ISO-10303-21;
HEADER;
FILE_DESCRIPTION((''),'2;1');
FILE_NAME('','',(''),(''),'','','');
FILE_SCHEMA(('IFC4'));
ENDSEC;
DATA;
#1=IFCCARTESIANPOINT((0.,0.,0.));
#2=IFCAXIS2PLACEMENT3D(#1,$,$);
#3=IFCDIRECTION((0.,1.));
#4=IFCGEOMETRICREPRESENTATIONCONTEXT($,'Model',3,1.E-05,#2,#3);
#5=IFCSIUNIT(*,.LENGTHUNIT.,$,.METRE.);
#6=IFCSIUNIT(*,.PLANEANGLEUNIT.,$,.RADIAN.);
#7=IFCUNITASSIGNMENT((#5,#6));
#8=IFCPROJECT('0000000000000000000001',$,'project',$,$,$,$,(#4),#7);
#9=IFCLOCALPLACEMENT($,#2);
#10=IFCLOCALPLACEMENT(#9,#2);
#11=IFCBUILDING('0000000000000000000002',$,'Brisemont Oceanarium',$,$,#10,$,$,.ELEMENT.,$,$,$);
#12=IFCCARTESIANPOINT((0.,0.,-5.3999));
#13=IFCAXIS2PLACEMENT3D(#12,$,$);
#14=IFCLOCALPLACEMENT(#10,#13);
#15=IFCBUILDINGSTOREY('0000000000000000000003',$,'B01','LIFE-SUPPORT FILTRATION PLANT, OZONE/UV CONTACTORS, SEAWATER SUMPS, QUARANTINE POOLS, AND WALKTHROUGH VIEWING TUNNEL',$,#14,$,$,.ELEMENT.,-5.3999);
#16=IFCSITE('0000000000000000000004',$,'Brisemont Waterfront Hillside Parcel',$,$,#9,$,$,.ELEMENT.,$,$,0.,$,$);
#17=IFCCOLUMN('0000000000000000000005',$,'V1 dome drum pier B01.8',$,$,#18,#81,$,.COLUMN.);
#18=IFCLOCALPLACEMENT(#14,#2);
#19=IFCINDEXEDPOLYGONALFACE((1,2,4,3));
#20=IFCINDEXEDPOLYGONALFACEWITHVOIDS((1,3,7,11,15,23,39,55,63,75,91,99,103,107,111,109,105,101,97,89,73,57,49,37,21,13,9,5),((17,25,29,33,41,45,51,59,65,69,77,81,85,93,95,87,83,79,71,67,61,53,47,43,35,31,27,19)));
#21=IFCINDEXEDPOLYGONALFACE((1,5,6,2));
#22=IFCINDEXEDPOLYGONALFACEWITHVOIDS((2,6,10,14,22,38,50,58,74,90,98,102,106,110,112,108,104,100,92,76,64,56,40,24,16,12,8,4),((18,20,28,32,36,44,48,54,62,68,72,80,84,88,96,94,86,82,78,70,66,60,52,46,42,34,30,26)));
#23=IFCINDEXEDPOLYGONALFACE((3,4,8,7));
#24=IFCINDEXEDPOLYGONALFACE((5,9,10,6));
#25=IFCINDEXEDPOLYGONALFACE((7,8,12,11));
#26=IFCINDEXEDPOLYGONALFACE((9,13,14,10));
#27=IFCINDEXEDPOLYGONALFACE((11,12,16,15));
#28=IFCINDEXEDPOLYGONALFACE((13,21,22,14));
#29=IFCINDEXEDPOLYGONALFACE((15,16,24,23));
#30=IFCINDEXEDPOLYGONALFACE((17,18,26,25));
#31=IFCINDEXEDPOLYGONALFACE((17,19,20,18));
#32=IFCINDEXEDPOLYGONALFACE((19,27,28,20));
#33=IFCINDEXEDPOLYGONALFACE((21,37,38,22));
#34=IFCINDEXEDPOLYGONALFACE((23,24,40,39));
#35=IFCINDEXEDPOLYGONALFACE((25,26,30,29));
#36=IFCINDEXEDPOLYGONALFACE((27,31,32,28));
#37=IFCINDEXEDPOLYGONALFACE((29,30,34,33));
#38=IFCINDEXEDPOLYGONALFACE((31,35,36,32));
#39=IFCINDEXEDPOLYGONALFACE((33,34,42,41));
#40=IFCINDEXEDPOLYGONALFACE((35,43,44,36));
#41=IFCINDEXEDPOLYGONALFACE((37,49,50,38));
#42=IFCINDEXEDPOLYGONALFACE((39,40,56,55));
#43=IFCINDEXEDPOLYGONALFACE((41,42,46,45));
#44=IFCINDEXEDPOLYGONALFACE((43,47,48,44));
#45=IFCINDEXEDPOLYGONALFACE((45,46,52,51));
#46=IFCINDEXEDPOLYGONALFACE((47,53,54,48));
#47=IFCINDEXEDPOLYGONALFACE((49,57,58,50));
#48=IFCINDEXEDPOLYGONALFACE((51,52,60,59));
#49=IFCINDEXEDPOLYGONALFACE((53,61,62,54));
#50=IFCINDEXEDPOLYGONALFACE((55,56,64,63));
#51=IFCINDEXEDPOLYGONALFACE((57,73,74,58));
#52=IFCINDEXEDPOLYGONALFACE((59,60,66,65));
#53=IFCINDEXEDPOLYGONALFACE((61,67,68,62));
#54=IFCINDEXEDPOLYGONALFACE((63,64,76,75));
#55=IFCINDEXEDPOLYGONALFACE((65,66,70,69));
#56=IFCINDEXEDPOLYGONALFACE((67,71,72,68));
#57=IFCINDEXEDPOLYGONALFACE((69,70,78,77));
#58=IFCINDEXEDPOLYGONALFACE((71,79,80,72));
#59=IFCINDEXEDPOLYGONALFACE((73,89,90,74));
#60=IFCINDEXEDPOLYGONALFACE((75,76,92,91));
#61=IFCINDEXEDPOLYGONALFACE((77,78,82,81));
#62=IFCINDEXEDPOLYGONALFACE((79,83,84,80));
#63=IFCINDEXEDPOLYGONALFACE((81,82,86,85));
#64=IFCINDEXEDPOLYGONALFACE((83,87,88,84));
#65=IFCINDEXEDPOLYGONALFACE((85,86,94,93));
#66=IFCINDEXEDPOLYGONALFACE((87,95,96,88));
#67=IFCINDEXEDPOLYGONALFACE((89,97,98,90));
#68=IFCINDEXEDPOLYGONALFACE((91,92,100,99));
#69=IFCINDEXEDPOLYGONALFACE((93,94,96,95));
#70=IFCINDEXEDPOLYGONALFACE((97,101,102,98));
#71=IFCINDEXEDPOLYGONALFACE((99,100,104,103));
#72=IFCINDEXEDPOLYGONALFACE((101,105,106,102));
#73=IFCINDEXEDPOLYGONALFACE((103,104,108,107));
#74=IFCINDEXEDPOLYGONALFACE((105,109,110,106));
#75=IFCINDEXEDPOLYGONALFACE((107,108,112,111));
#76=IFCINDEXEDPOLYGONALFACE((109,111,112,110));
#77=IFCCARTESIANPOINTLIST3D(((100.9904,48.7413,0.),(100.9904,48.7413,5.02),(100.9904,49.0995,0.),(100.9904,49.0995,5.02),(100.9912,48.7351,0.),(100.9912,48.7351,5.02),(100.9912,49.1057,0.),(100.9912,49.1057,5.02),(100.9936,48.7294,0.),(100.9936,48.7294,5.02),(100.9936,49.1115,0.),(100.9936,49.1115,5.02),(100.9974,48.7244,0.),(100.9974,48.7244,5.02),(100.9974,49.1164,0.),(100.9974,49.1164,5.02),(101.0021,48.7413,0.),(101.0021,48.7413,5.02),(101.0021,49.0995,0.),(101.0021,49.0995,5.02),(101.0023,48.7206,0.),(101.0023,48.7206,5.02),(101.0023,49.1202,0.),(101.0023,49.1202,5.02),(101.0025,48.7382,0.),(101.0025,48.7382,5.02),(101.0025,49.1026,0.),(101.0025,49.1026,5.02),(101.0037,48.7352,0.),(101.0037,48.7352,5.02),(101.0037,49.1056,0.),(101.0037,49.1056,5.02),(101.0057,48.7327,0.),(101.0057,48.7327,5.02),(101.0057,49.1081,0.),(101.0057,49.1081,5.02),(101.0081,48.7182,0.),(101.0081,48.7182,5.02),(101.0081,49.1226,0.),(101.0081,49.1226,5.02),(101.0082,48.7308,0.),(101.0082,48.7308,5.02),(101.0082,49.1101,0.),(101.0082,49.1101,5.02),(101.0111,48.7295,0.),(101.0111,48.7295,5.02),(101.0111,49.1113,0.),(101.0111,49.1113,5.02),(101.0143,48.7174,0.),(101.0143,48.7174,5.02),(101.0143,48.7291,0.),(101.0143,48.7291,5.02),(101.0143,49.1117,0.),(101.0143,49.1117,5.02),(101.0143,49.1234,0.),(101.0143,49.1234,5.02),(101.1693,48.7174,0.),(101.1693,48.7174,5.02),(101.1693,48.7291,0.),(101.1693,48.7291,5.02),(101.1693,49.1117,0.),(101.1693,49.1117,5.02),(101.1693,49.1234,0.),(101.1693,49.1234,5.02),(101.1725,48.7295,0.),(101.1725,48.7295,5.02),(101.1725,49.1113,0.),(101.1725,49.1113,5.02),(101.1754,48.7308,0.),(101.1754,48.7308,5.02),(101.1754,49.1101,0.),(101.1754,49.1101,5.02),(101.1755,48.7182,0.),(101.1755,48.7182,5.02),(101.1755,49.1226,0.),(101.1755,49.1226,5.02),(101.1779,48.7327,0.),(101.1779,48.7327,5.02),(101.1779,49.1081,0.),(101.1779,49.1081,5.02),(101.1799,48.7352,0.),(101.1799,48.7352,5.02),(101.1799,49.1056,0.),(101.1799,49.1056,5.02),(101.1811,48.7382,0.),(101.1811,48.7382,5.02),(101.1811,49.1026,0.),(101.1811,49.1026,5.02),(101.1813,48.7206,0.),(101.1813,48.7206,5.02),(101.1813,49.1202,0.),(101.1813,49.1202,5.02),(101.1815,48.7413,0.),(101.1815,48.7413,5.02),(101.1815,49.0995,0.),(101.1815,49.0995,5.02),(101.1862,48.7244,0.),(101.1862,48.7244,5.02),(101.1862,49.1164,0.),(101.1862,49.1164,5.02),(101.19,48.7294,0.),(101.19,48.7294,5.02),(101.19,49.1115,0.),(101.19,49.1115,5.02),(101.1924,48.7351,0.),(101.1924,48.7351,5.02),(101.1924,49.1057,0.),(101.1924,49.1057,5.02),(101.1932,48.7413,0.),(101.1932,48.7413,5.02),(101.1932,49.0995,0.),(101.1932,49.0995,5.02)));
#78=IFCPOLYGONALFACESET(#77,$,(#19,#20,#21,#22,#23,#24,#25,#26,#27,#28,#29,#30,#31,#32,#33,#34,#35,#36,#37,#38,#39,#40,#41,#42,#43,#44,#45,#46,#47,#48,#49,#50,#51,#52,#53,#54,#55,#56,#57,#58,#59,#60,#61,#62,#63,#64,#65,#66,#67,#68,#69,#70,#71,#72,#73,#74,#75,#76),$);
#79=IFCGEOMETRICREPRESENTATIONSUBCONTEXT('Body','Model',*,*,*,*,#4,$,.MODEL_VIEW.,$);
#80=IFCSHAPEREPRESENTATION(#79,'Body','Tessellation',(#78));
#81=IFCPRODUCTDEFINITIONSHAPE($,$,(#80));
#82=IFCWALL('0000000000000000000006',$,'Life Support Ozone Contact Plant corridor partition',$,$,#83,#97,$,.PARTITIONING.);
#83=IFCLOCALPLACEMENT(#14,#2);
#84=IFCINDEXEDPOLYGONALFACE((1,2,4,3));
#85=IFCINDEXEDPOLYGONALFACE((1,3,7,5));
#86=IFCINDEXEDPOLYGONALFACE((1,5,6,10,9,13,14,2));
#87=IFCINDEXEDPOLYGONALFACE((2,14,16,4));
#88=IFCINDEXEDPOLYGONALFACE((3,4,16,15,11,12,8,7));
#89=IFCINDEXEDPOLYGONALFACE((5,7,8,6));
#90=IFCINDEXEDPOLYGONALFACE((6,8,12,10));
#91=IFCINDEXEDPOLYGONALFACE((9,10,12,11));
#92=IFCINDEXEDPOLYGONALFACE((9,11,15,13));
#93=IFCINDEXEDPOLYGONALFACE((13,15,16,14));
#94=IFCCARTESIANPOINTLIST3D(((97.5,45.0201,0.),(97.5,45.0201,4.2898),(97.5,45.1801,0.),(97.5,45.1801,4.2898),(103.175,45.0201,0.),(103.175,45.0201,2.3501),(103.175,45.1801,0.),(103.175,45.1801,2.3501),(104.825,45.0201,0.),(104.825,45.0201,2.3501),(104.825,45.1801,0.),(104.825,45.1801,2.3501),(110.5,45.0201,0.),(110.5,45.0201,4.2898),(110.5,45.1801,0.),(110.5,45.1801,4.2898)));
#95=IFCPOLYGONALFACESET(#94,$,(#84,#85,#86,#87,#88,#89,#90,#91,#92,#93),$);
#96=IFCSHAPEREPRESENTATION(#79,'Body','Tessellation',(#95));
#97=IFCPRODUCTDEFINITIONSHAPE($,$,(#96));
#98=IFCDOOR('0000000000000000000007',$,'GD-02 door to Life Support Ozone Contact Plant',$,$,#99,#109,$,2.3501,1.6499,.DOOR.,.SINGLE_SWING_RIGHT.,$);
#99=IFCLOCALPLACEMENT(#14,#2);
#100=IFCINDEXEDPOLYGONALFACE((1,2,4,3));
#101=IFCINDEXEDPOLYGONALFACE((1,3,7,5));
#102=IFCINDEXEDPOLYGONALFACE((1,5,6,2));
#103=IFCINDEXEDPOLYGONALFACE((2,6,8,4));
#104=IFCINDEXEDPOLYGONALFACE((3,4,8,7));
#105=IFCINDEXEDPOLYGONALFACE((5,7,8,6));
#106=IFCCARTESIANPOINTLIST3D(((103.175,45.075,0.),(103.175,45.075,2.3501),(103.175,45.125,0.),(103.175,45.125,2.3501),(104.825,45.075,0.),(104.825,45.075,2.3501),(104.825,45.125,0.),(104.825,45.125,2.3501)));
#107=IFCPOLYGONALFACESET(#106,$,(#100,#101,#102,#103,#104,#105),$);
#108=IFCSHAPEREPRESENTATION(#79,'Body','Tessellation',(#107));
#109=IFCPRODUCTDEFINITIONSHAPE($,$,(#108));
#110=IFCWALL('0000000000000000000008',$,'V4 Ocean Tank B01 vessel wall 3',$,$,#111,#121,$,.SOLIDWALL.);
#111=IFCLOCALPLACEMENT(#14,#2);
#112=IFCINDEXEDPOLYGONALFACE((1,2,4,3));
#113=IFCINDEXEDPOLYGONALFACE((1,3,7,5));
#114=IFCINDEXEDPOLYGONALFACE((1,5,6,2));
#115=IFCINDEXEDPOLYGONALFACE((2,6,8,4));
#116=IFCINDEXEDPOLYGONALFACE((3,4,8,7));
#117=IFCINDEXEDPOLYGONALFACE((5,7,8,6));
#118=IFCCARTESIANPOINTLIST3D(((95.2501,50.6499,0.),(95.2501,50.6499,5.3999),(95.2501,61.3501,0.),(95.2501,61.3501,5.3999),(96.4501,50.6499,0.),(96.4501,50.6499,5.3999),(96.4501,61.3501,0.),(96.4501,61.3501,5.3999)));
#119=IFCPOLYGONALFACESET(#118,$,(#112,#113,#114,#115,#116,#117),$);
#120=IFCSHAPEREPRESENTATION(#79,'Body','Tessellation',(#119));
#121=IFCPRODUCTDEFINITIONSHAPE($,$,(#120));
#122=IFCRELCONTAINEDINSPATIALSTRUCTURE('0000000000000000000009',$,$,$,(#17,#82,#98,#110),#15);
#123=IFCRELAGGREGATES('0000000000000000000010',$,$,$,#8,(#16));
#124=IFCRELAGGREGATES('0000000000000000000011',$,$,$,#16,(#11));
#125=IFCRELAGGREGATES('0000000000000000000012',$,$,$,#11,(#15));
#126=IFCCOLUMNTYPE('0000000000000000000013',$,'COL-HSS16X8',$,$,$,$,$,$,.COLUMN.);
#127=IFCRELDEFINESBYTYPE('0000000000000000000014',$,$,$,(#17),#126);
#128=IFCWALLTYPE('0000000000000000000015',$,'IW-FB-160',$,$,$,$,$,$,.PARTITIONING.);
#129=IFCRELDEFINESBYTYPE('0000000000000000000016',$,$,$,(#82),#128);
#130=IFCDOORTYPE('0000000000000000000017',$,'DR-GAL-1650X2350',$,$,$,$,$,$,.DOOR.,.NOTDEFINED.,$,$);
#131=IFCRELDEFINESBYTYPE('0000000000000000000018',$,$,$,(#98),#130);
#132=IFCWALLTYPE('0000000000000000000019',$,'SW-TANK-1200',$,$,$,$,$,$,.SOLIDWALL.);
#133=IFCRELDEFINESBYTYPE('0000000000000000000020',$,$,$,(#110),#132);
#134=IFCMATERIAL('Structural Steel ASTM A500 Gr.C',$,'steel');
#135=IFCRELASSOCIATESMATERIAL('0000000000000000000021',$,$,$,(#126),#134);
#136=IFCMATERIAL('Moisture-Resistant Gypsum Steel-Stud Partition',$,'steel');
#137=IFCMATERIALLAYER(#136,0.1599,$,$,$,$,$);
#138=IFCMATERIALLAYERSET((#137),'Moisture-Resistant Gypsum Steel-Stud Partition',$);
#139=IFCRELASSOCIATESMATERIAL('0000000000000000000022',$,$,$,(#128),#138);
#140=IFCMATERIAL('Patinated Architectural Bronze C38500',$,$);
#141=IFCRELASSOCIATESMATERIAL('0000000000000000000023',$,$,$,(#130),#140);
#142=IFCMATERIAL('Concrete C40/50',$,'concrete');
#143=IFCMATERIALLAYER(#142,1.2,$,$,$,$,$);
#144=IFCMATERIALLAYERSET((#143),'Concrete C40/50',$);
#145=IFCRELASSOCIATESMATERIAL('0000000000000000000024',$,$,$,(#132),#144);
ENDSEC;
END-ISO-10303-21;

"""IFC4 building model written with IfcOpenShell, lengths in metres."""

from ifc_helpers import new_model, si_unit, direction, frame, frame_2d, origin, origin_2d, place, context, subcontext, project, spatial, rectangle, hollow_rectangle, extrude, material, layer, layer_set, material_profile, profile_set, type_object, element, fill, save


model = new_model("IFC4")

# Units and contexts
model_context = context("Model", 3, precision=1e-05, world=origin(), true_north=direction((0.0, 1.0)))
body_context = subcontext(model_context, "Body", "Model", "MODEL_VIEW")
ifc_project = project(units=[si_unit("LENGTHUNIT", "METRE"), si_unit("PLANEANGLEUNIT", "RADIAN")], contexts=[model_context])

# Site, building, storey
site_placement = place(None, origin())
site = spatial("IfcSite", under=ifc_project, at=site_placement, Name="Brisemont Waterfront Hillside Parcel", CompositionType="ELEMENT", RefElevation=0.0)
building_placement = place(site_placement, origin())
building = spatial("IfcBuilding", under=site, at=building_placement, Name="Brisemont Oceanarium", CompositionType="ELEMENT")
storey_placement = place(building_placement, frame((0.0, 0.0, -5.3999)))
storey = spatial("IfcBuildingStorey", under=building, at=storey_placement, Name="B01", Description="LIFE-SUPPORT FILTRATION PLANT, OZONE/UV CONTACTORS, SEAWATER SUMPS, QUARANTINE POOLS, AND WALKTHROUGH VIEWING TUNNEL", CompositionType="ELEMENT", Elevation=-5.3999)

# Column
ifc_material_1 = material(Name="Structural Steel ASTM A500 Gr.C", Category="steel")
ifc_material_profile_1 = material_profile(ifc_material_1, hollow_rectangle(XDim=0.2029, YDim=0.406, WallThickness=0.0117, InnerFilletRadius=0.0122, OuterFilletRadius=0.0239, at=origin_2d()), Name="HSS16X8X1/2")
ifc_profile_set_1 = profile_set([ifc_material_profile_1], Name="Structural Steel ASTM A500 Gr.C")
column_type_1 = type_object("IfcColumnType", Name="COL-HSS16X8", PredefinedType="COLUMN", material=ifc_profile_set_1)
column_1_placement = place(storey_placement, frame((101.0918, 48.9204, 0.0), z_axis=(0.0, 0.0, 1.0), x_axis=(1.0, 0.0, 0.0)))
element("IfcColumn", 1, at=column_1_placement, inside=storey, type_object=column_type_1, Name="V1 dome drum pier B01.8", PredefinedType="COLUMN", context=body_context, shape_type="SweptSolid", body=[
    extrude(hollow_rectangle(XDim=0.2029, YDim=0.406, WallThickness=0.0117, InnerFilletRadius=0.0122, OuterFilletRadius=0.0239, at=origin_2d()), origin(), (0.0, 0.0, 1.0), 5.02),
])

# Wall, opening, door
ifc_material_2 = material(Name="Moisture-Resistant Gypsum Steel-Stud Partition", Category="steel")
ifc_layer_1 = layer(ifc_material_2, 0.1599)
ifc_layer_set_1 = layer_set([ifc_layer_1], Name="Moisture-Resistant Gypsum Steel-Stud Partition")
wall_type_1 = type_object("IfcWallType", Name="IW-FB-160", PredefinedType="PARTITIONING", material=ifc_layer_set_1)
wall_1_placement = place(storey_placement, frame((97.5, 45.1001, 0.0), z_axis=(0.0, 0.0, 1.0), x_axis=(1.0, 0.0, 0.0)))
wall_1 = element("IfcWall", 2, at=wall_1_placement, inside=storey, type_object=wall_type_1, Name="Life Support Ozone Contact Plant corridor partition", PredefinedType="PARTITIONING", context=body_context, shape_type="SweptSolid", body=[
    extrude(rectangle(XDim=13.0, YDim=0.1599, at=frame_2d((6.5, 0.0))), origin(), (0.0, 0.0, 1.0), 4.2898),
])
opening_placement = place(wall_1_placement, frame((5.675, 0.0, 0.0)))
opening = element("IfcOpeningElement", 3, at=opening_placement, cuts=wall_1, PredefinedType="OPENING", context=body_context, shape_type="SweptSolid", body=[
    extrude(rectangle(XDim=1.6499, YDim=2.3501, at=frame_2d((0.825, 1.175))), frame((0.0, 0.0898, 0.0), z_axis=(0.0, -1.0, 0.0), x_axis=(1.0, 0.0, 0.0)), (0.0, 0.0, 1.0), 0.1799),
])
ifc_material_3 = material(Name="Patinated Architectural Bronze C38500")
door_type = type_object("IfcDoorType", Name="DR-GAL-1650X2350", OperationType="NOTDEFINED", PredefinedType="DOOR", material=ifc_material_3)
door_placement = place(opening_placement, origin())
door = element("IfcDoor", 4, at=door_placement, inside=storey, type_object=door_type, Name="GD-02 door to Life Support Ozone Contact Plant", OperationType="SINGLE_SWING_RIGHT", OverallHeight=2.3501, OverallWidth=1.6499, PredefinedType="DOOR", context=body_context, shape_type="SweptSolid", body=[
    extrude(rectangle(XDim=1.6499, YDim=2.3501, at=frame_2d((0.825, 1.175))), frame((0.0, 0.0249, 0.0), z_axis=(0.0, -1.0, 0.0), x_axis=(1.0, 0.0, 0.0)), (0.0, 0.0, 1.0), 0.05),
])
fill(opening, door)

# Wall
ifc_material_4 = material(Name="Concrete C40/50", Category="concrete")
ifc_layer_2 = layer(ifc_material_4, 1.2)
ifc_layer_set_2 = layer_set([ifc_layer_2], Name="Concrete C40/50")
wall_type_2 = type_object("IfcWallType", Name="SW-TANK-1200", PredefinedType="SOLIDWALL", material=ifc_layer_set_2)
wall_2_placement = place(storey_placement, frame((95.8501, 50.6499, 0.0), z_axis=(0.0, 0.0, 1.0), x_axis=(0.0, 1.0, 0.0)))
element("IfcWall", 5, at=wall_2_placement, inside=storey, type_object=wall_type_2, Name="V4 Ocean Tank B01 vessel wall 3", PredefinedType="SOLIDWALL", context=body_context, shape_type="SweptSolid", body=[
    extrude(rectangle(XDim=10.7002, YDim=1.2, at=frame_2d((5.3501, 0.0))), origin(), (0.0, 0.0, 1.0), 5.3999),
])

save(model, "model.ifc")
